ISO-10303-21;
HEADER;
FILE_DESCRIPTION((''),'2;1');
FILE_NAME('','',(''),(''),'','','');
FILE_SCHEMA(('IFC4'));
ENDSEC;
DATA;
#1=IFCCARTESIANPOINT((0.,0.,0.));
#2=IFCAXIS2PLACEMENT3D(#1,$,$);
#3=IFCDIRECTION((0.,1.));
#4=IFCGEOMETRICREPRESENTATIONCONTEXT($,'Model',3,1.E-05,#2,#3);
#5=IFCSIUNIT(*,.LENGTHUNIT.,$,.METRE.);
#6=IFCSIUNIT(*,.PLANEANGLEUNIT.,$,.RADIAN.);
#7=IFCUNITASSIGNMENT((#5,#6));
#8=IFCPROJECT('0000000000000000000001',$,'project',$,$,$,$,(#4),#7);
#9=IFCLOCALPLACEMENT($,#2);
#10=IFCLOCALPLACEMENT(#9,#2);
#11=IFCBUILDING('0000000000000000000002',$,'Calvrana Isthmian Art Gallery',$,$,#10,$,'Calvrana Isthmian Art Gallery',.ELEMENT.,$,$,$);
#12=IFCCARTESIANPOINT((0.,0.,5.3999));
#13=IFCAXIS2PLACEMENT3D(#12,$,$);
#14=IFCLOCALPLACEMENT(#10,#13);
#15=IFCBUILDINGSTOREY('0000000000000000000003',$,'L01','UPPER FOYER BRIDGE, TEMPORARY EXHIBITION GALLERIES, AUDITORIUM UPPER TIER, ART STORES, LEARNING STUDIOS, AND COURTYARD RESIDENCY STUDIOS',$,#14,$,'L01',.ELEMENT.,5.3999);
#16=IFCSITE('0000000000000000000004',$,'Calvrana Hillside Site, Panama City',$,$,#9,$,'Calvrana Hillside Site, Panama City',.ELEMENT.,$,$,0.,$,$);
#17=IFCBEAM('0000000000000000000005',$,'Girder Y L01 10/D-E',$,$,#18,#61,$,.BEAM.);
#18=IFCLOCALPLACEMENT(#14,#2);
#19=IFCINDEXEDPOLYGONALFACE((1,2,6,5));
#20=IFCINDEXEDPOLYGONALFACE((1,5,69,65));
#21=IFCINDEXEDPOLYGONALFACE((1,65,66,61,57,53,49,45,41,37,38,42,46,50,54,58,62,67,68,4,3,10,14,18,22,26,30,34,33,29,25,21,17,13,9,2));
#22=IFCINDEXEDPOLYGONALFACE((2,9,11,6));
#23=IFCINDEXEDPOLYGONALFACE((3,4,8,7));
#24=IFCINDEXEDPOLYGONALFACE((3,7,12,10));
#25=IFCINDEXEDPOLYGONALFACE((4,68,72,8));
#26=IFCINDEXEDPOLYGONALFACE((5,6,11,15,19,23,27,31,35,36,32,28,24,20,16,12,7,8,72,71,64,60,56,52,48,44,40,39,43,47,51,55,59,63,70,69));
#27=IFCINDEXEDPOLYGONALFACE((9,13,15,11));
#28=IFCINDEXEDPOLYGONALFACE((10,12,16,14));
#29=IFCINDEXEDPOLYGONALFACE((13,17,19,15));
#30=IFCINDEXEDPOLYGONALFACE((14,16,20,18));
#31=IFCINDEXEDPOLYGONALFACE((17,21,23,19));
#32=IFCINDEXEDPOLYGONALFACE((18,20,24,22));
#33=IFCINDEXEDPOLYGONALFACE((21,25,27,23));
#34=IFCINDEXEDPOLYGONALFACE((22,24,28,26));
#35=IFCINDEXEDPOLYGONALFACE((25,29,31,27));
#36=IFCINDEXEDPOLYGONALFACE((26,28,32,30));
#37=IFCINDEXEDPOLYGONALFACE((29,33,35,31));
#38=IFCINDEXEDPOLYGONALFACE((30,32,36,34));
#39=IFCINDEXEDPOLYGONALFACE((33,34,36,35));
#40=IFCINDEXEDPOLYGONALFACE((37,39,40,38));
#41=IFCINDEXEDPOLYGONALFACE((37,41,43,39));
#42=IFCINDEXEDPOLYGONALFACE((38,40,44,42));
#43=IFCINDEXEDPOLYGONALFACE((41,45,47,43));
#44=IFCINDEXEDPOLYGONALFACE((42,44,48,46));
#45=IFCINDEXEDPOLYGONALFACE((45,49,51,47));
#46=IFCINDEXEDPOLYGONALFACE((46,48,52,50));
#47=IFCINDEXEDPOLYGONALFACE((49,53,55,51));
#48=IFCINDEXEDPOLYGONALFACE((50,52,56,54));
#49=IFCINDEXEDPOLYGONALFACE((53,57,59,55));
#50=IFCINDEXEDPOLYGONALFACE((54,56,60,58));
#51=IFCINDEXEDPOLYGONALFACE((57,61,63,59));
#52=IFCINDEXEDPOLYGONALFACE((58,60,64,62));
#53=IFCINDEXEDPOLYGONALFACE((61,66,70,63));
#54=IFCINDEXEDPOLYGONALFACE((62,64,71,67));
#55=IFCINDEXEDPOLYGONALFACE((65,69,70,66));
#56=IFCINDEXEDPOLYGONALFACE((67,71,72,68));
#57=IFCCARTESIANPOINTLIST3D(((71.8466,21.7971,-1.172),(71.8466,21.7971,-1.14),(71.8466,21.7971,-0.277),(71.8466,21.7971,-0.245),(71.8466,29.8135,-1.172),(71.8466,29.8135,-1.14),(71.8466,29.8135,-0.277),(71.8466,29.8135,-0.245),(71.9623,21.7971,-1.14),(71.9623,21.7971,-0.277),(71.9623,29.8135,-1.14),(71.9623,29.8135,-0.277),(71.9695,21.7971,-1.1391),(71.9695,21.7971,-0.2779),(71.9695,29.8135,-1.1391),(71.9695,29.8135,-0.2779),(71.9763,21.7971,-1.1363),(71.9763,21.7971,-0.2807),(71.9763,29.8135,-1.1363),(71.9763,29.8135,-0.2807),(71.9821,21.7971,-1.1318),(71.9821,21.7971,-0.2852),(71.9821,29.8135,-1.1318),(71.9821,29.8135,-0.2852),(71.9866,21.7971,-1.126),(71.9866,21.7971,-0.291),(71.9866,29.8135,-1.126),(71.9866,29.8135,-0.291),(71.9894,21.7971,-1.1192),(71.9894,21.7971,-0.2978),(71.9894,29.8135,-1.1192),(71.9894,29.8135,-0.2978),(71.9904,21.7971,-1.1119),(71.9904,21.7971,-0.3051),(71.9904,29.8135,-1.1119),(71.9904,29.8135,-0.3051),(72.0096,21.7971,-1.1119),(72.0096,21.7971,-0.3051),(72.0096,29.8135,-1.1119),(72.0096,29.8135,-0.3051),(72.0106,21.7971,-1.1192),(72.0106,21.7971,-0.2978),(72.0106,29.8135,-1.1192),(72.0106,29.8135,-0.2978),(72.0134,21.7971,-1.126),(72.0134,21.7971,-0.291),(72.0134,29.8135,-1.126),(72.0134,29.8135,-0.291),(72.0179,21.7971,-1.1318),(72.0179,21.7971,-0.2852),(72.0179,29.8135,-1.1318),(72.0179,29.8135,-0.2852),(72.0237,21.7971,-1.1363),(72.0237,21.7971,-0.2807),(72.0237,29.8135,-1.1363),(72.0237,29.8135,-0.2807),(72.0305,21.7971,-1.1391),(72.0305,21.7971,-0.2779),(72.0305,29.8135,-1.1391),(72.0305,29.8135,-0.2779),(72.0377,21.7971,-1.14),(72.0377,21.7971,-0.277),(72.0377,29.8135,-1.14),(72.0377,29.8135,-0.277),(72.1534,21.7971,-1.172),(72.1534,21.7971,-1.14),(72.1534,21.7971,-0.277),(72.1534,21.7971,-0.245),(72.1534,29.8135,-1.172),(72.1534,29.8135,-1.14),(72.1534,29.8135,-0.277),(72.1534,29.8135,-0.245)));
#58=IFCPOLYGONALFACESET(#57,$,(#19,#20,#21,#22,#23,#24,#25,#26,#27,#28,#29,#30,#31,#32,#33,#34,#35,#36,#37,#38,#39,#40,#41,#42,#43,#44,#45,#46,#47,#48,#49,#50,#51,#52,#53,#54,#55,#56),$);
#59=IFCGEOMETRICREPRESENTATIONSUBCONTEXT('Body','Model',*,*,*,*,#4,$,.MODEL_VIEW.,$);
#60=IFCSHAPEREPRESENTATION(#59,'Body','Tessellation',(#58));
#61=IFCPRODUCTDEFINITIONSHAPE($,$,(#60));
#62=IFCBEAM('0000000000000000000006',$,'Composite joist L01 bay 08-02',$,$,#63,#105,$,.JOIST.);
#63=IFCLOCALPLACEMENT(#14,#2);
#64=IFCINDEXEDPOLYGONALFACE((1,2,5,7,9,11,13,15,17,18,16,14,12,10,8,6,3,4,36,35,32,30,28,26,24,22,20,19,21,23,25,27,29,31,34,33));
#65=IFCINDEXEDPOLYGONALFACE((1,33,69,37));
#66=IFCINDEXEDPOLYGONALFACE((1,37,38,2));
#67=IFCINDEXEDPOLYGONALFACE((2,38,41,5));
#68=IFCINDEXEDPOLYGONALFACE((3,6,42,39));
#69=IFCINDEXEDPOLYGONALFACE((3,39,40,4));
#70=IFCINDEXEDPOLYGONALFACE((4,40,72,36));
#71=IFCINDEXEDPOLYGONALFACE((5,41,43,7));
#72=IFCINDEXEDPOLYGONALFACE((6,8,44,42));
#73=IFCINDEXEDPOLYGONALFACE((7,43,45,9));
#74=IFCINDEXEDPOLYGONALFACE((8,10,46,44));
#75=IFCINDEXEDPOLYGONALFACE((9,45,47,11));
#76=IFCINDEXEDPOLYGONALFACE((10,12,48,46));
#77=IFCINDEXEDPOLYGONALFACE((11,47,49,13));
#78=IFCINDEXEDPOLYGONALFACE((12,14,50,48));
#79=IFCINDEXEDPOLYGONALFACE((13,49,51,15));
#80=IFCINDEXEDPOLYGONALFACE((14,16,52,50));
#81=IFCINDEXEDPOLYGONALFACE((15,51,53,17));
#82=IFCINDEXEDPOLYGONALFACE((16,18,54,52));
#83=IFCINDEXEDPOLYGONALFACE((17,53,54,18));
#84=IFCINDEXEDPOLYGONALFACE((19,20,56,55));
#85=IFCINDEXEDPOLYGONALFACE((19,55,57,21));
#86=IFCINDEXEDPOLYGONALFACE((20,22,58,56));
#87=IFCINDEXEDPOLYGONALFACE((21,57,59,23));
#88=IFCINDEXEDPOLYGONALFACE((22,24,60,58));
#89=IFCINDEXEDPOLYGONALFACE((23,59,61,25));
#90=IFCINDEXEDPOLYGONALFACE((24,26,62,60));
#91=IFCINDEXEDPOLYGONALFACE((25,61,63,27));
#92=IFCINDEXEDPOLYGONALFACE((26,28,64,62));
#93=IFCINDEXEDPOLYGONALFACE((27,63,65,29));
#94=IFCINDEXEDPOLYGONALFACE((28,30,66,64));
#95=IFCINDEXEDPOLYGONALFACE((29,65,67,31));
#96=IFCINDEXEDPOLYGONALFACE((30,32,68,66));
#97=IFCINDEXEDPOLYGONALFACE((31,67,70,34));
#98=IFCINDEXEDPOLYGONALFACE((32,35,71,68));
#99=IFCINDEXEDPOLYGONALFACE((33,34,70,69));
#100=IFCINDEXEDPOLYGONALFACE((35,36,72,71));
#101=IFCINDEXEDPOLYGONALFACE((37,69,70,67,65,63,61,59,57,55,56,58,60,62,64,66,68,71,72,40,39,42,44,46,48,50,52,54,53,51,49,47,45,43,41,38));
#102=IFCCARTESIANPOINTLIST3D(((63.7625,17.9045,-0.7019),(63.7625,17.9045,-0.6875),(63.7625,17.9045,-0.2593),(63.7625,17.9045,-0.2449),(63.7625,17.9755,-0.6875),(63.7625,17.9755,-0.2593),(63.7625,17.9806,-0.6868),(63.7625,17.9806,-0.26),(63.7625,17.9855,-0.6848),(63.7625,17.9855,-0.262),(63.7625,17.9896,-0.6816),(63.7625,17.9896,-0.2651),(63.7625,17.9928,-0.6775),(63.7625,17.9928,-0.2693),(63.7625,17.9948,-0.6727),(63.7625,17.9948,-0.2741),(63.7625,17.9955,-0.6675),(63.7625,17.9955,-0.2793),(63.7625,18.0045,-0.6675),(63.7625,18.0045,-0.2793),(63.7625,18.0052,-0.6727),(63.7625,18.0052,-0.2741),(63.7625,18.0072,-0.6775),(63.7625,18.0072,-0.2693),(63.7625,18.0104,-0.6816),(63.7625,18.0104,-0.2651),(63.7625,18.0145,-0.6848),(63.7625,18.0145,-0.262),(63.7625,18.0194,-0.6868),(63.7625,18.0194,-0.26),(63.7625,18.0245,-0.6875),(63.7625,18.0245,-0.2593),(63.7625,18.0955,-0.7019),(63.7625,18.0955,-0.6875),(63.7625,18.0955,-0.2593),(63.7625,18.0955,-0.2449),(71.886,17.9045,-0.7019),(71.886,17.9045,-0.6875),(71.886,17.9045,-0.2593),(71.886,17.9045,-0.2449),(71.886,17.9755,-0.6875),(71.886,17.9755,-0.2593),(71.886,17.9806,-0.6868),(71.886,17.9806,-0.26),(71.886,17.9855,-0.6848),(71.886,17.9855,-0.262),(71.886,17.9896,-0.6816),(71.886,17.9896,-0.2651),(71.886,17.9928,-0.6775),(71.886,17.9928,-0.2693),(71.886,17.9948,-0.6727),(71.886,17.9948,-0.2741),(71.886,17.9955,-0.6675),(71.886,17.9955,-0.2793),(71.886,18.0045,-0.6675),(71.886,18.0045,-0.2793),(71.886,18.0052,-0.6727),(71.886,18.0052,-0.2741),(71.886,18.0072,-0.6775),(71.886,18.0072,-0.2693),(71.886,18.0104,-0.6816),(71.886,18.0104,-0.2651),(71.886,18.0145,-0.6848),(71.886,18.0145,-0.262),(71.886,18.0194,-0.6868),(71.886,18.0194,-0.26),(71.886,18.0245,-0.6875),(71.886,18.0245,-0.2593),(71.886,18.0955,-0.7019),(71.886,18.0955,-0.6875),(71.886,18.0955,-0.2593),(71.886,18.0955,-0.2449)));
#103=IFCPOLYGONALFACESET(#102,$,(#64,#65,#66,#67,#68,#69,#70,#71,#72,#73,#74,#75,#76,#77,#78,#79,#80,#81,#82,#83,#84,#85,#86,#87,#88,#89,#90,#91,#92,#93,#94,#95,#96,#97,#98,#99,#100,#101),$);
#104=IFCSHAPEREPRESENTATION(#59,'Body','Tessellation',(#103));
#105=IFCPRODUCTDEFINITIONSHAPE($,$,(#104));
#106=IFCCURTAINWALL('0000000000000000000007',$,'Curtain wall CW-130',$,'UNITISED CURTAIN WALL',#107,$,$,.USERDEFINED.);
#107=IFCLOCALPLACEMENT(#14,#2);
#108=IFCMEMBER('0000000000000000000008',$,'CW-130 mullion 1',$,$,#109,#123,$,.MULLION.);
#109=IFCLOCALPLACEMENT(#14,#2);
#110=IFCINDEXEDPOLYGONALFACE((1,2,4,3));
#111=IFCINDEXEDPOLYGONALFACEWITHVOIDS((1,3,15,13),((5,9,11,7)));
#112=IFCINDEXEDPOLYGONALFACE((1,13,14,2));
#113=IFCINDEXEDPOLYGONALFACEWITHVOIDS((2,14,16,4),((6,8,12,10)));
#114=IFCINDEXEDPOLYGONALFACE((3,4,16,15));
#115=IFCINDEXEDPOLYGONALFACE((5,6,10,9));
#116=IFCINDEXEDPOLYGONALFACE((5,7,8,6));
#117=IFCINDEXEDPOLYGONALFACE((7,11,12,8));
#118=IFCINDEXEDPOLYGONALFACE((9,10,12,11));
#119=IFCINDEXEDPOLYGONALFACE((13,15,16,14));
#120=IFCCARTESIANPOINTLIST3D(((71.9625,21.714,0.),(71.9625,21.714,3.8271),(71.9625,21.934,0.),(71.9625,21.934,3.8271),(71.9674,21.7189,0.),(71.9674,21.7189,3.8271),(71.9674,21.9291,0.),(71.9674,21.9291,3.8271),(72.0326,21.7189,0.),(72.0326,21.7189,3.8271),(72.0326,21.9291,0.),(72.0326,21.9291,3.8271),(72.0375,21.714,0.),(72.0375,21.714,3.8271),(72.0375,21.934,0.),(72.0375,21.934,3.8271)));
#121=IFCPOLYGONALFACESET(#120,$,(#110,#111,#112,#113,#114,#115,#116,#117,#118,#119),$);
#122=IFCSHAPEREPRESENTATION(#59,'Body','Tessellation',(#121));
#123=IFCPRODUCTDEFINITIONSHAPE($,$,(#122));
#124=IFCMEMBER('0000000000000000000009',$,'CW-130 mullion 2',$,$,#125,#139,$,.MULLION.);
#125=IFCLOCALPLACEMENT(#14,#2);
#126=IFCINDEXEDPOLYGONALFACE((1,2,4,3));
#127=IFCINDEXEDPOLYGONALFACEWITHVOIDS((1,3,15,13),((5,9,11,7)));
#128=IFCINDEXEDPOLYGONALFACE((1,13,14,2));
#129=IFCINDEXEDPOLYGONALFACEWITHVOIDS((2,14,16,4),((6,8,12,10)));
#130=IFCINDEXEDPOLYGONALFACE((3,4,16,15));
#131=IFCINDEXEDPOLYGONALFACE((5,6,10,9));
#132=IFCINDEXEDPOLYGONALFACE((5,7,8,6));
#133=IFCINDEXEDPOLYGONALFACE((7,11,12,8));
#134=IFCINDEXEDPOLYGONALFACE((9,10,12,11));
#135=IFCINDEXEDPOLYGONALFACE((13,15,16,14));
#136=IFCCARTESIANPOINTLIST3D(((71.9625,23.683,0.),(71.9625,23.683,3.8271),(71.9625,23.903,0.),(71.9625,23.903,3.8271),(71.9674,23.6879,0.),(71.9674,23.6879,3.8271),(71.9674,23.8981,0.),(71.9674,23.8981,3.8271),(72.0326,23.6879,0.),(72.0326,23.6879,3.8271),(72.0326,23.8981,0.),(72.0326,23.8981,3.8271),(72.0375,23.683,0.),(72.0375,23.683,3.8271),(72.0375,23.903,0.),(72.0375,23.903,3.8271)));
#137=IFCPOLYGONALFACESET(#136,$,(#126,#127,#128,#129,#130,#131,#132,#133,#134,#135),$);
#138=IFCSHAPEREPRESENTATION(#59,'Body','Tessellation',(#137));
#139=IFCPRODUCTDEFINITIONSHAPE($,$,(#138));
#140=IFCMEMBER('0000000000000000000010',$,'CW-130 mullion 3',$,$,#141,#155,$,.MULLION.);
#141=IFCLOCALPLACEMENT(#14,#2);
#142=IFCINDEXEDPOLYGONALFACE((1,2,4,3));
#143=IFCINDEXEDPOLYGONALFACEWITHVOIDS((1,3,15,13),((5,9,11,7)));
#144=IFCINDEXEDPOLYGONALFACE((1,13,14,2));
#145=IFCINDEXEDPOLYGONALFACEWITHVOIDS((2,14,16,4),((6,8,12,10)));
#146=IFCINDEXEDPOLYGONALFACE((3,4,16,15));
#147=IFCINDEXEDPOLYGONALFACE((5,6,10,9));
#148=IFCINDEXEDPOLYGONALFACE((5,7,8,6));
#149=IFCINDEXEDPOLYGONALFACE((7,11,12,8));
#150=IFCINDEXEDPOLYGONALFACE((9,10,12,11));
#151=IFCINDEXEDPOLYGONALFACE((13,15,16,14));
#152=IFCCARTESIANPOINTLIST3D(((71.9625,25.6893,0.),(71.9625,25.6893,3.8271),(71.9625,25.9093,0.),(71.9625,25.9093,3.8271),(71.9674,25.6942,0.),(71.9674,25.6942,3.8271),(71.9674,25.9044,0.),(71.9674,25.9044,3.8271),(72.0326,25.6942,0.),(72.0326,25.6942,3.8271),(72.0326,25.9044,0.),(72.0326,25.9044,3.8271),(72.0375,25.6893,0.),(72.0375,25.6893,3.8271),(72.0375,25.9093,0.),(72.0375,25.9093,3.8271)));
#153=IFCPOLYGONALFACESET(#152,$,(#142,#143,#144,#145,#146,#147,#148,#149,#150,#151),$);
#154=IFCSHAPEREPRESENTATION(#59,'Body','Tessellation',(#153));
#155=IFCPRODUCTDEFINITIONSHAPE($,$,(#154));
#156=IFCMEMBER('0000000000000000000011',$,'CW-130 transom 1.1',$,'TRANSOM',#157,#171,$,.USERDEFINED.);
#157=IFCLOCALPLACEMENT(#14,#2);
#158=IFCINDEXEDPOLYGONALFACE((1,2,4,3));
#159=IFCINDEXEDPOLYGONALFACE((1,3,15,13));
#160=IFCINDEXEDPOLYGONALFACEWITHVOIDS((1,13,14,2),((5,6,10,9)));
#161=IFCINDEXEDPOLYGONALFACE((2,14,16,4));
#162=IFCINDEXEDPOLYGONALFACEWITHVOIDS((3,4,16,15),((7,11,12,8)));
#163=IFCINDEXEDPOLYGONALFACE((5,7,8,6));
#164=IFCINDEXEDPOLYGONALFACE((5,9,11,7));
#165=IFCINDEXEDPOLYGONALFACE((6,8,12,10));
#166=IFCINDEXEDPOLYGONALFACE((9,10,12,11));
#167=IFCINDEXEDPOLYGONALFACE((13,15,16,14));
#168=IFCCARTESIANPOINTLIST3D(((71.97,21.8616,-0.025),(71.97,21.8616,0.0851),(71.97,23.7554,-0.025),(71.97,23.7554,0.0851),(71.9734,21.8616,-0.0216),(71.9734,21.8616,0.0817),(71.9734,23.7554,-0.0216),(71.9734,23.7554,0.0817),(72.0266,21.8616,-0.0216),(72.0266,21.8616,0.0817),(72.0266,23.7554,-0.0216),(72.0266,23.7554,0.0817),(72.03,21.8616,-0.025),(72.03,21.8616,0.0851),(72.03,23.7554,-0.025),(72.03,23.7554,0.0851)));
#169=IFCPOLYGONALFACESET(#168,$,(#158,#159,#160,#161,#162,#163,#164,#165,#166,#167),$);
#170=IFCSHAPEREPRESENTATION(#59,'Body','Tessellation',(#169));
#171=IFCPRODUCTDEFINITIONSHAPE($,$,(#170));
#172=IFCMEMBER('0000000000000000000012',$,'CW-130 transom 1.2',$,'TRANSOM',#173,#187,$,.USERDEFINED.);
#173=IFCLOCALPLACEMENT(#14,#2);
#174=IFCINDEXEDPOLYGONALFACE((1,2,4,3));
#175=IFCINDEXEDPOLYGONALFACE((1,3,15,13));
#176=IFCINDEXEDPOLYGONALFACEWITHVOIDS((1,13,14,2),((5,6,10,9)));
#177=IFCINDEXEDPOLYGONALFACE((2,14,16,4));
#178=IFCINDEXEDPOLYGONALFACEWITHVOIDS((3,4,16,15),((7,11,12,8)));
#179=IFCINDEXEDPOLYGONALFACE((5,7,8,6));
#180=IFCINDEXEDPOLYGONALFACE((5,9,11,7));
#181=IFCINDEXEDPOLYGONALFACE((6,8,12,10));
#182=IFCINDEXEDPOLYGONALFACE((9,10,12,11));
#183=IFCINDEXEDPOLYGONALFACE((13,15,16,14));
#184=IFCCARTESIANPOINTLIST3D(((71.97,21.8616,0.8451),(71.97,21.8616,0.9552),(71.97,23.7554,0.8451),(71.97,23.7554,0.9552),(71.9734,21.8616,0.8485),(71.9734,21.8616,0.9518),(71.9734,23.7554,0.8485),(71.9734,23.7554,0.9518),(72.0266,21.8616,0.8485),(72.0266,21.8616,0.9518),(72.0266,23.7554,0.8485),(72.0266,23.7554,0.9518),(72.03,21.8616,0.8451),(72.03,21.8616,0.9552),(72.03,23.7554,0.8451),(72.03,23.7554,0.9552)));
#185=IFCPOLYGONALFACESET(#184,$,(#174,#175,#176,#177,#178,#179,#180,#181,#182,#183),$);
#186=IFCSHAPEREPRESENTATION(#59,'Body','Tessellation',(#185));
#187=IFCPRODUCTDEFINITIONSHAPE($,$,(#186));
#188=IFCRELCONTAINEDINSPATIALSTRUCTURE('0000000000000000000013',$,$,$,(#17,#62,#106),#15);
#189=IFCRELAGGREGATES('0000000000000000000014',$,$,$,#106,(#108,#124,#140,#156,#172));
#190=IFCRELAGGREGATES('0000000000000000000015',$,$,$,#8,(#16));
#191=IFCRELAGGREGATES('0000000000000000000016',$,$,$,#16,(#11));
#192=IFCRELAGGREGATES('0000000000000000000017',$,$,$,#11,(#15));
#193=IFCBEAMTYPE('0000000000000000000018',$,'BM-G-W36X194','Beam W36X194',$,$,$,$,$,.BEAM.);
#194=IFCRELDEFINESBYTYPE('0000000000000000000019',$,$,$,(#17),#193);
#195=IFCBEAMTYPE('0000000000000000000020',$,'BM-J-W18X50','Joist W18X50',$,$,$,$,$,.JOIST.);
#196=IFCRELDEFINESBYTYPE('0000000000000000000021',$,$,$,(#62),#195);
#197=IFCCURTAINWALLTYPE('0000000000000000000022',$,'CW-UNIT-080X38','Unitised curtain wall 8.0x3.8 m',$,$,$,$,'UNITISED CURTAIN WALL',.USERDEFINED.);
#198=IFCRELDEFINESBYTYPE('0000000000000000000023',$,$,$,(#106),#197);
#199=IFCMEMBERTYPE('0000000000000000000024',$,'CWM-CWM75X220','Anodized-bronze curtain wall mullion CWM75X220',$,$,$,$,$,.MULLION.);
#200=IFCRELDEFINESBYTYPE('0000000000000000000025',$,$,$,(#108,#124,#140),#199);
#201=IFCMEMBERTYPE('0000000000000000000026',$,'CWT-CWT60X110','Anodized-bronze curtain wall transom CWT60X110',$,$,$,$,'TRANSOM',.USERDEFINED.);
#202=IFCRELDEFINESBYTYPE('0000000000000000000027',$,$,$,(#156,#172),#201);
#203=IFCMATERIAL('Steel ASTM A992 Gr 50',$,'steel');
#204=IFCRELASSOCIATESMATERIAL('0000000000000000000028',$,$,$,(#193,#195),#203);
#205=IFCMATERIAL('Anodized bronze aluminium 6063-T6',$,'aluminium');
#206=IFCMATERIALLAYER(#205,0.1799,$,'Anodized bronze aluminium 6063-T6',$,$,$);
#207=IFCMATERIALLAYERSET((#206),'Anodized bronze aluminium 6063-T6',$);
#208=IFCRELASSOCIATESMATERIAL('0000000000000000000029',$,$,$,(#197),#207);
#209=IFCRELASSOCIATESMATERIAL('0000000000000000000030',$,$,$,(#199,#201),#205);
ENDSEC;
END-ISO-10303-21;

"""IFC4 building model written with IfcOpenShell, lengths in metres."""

from ifc_helpers import new_model, si_unit, direction, frame, origin, origin_2d, place, context, subcontext, project, spatial, hollow_rectangle, i_section, extrude, material, layer, layer_set, material_profile, profile_set, type_object, element, aggregate, save


model = new_model("IFC4")

# Units and contexts
model_context = context("Model", 3, precision=1e-05, world=origin(), true_north=direction((0.0, 1.0)))
body_context = subcontext(model_context, "Body", "Model", "MODEL_VIEW")
ifc_project = project(units=[si_unit("LENGTHUNIT", "METRE"), si_unit("PLANEANGLEUNIT", "RADIAN")], contexts=[model_context])

# Site, building, storey
site_placement = place(None, origin())
site = spatial("IfcSite", under=ifc_project, at=site_placement, Name="Calvrana Hillside Site, Panama City", LongName="Calvrana Hillside Site, Panama City", CompositionType="ELEMENT", RefElevation=0.0)
building_placement = place(site_placement, origin())
building = spatial("IfcBuilding", under=site, at=building_placement, Name="Calvrana Isthmian Art Gallery", LongName="Calvrana Isthmian Art Gallery", CompositionType="ELEMENT")
storey_placement = place(building_placement, frame((0.0, 0.0, 5.3999)))
storey = spatial("IfcBuildingStorey", under=building, at=storey_placement, Name="L01", Description="UPPER FOYER BRIDGE, TEMPORARY EXHIBITION GALLERIES, AUDITORIUM UPPER TIER, ART STORES, LEARNING STUDIOS, AND COURTYARD RESIDENCY STUDIOS", LongName="L01", CompositionType="ELEMENT", Elevation=5.3999)

# Shared definitions
ifc_material_1 = material(Name="Steel ASTM A992 Gr 50", Category="steel")

# Beams
ifc_material_profile_1 = material_profile(ifc_material_1, i_section(OverallWidth=0.3069, OverallDepth=0.927, WebThickness=0.0193, FlangeThickness=0.032, FilletRadius=0.0281, at=origin_2d()), Name="W36X194")
ifc_profile_set_1 = profile_set([ifc_material_profile_1], Name="Steel ASTM A992 Gr 50")
beam_type_1 = type_object("IfcBeamType", Name="BM-G-W36X194", Description="Beam W36X194", PredefinedType="BEAM", material=ifc_profile_set_1)
beam_1_placement = place(storey_placement, frame((72.0, 21.7971, -0.7085), z_axis=(0.0, 1.0, 0.0), x_axis=(-1.0, 0.0, 0.0)))
element("IfcBeam", 1, at=beam_1_placement, inside=storey, type_object=beam_type_1, Name="Girder Y L01 10/D-E", PredefinedType="BEAM", context=body_context, shape_type="SweptSolid", body=[
    extrude(i_section(OverallWidth=0.3069, OverallDepth=0.927, WebThickness=0.0193, FlangeThickness=0.032, FilletRadius=0.0281, at=origin_2d()), origin(), (0.0, 0.0, 1.0), 8.0164),
])
ifc_material_profile_2 = material_profile(ifc_material_1, i_section(OverallWidth=0.1909, OverallDepth=0.457, WebThickness=0.009, FlangeThickness=0.0144, FilletRadius=0.02, at=origin_2d()), Name="W18X50")
ifc_profile_set_2 = profile_set([ifc_material_profile_2], Name="Steel ASTM A992 Gr 50")
beam_type_2 = type_object("IfcBeamType", Name="BM-J-W18X50", Description="Joist W18X50", PredefinedType="JOIST", material=ifc_profile_set_2)
beam_2_placement = place(storey_placement, frame((63.7625, 18.0, -0.4734), z_axis=(1.0, 0.0, 0.0), x_axis=(0.0, 1.0, 0.0)))
element("IfcBeam", 2, at=beam_2_placement, inside=storey, type_object=beam_type_2, Name="Composite joist L01 bay 08-02", PredefinedType="JOIST", context=body_context, shape_type="SweptSolid", body=[
    extrude(i_section(OverallWidth=0.1909, OverallDepth=0.457, WebThickness=0.009, FlangeThickness=0.0144, FilletRadius=0.02, at=origin_2d()), origin(), (0.0, 0.0, 1.0), 8.1235),
])

# Curtain wall, members
ifc_material_2 = material(Name="Anodized bronze aluminium 6063-T6", Category="aluminium")
ifc_layer_1 = layer(ifc_material_2, 0.1799, Name="Anodized bronze aluminium 6063-T6")
ifc_layer_set_1 = layer_set([ifc_layer_1], Name="Anodized bronze aluminium 6063-T6")
curtain_wall_type = type_object("IfcCurtainWallType", Name="CW-UNIT-080X38", Description="Unitised curtain wall 8.0x3.8 m", ElementType="UNITISED CURTAIN WALL", PredefinedType="USERDEFINED", material=ifc_layer_set_1)
curtain_wall_placement = place(storey_placement, origin())
curtain_wall = element("IfcCurtainWall", 3, at=curtain_wall_placement, inside=storey, type_object=curtain_wall_type, Name="Curtain wall CW-130", ObjectType="UNITISED CURTAIN WALL", PredefinedType="USERDEFINED")
ifc_material_profile_3 = material_profile(ifc_material_2, hollow_rectangle(XDim=0.075, YDim=0.22, WallThickness=0.0049, at=origin_2d()), Name="CWM75X220")
ifc_profile_set_3 = profile_set([ifc_material_profile_3], Name="Anodized bronze aluminium 6063-T6")
member_type_1 = type_object("IfcMemberType", Name="CWM-CWM75X220", Description="Anodized-bronze curtain wall mullion CWM75X220", PredefinedType="MULLION", material=ifc_profile_set_3)
member_1_placement = place(storey_placement, frame((72.0, 21.824, 0.0), z_axis=(0.0, 0.0, 1.0), x_axis=(-1.0, 0.0, 0.0)))
member_1 = element("IfcMember", 4, at=member_1_placement, type_object=member_type_1, Name="CW-130 mullion 1", PredefinedType="MULLION", context=body_context, shape_type="SweptSolid", body=[
    extrude(hollow_rectangle(XDim=0.075, YDim=0.22, WallThickness=0.0049, at=origin_2d()), origin(), (0.0, 0.0, 1.0), 3.8271),
])
member_2_placement = place(storey_placement, frame((72.0, 23.793, 0.0), z_axis=(0.0, 0.0, 1.0), x_axis=(-1.0, 0.0, 0.0)))
member_2 = element("IfcMember", 5, at=member_2_placement, type_object=member_type_1, Name="CW-130 mullion 2", PredefinedType="MULLION", context=body_context, shape_type="SweptSolid", body=[
    extrude(hollow_rectangle(XDim=0.075, YDim=0.22, WallThickness=0.0049, at=origin_2d()), origin(), (0.0, 0.0, 1.0), 3.8271),
])
member_3_placement = place(storey_placement, frame((72.0, 25.7993, 0.0), z_axis=(0.0, 0.0, 1.0), x_axis=(-1.0, 0.0, 0.0)))
member_3 = element("IfcMember", 6, at=member_3_placement, type_object=member_type_1, Name="CW-130 mullion 3", PredefinedType="MULLION", context=body_context, shape_type="SweptSolid", body=[
    extrude(hollow_rectangle(XDim=0.075, YDim=0.22, WallThickness=0.0049, at=origin_2d()), origin(), (0.0, 0.0, 1.0), 3.8271),
])
ifc_material_profile_4 = material_profile(ifc_material_2, hollow_rectangle(XDim=0.0601, YDim=0.1101, WallThickness=0.0034, at=origin_2d()), Name="CWT60X110")
ifc_profile_set_4 = profile_set([ifc_material_profile_4], Name="Anodized bronze aluminium 6063-T6")
member_type_2 = type_object("IfcMemberType", Name="CWT-CWT60X110", Description="Anodized-bronze curtain wall transom CWT60X110", ElementType="TRANSOM", PredefinedType="USERDEFINED", material=ifc_profile_set_4)
member_4_placement = place(storey_placement, frame((72.0, 21.8616, 0.03), z_axis=(0.0, 1.0, 0.0), x_axis=(-1.0, 0.0, 0.0)))
member_4 = element("IfcMember", 7, at=member_4_placement, type_object=member_type_2, Name="CW-130 transom 1.1", ObjectType="TRANSOM", PredefinedType="USERDEFINED", context=body_context, shape_type="SweptSolid", body=[
    extrude(hollow_rectangle(XDim=0.0601, YDim=0.1101, WallThickness=0.0034, at=origin_2d()), origin(), (0.0, 0.0, 1.0), 1.8938),
])
member_5_placement = place(storey_placement, frame((72.0, 21.8616, 0.9001), z_axis=(0.0, 1.0, 0.0), x_axis=(-1.0, 0.0, 0.0)))
member_5 = element("IfcMember", 8, at=member_5_placement, type_object=member_type_2, Name="CW-130 transom 1.2", ObjectType="TRANSOM", PredefinedType="USERDEFINED", context=body_context, shape_type="SweptSolid", body=[
    extrude(hollow_rectangle(XDim=0.0601, YDim=0.1101, WallThickness=0.0034, at=origin_2d()), origin(), (0.0, 0.0, 1.0), 1.8938),
])
aggregate(curtain_wall, [member_1, member_2, member_3, member_4, member_5])

save(model, "model.ifc")
